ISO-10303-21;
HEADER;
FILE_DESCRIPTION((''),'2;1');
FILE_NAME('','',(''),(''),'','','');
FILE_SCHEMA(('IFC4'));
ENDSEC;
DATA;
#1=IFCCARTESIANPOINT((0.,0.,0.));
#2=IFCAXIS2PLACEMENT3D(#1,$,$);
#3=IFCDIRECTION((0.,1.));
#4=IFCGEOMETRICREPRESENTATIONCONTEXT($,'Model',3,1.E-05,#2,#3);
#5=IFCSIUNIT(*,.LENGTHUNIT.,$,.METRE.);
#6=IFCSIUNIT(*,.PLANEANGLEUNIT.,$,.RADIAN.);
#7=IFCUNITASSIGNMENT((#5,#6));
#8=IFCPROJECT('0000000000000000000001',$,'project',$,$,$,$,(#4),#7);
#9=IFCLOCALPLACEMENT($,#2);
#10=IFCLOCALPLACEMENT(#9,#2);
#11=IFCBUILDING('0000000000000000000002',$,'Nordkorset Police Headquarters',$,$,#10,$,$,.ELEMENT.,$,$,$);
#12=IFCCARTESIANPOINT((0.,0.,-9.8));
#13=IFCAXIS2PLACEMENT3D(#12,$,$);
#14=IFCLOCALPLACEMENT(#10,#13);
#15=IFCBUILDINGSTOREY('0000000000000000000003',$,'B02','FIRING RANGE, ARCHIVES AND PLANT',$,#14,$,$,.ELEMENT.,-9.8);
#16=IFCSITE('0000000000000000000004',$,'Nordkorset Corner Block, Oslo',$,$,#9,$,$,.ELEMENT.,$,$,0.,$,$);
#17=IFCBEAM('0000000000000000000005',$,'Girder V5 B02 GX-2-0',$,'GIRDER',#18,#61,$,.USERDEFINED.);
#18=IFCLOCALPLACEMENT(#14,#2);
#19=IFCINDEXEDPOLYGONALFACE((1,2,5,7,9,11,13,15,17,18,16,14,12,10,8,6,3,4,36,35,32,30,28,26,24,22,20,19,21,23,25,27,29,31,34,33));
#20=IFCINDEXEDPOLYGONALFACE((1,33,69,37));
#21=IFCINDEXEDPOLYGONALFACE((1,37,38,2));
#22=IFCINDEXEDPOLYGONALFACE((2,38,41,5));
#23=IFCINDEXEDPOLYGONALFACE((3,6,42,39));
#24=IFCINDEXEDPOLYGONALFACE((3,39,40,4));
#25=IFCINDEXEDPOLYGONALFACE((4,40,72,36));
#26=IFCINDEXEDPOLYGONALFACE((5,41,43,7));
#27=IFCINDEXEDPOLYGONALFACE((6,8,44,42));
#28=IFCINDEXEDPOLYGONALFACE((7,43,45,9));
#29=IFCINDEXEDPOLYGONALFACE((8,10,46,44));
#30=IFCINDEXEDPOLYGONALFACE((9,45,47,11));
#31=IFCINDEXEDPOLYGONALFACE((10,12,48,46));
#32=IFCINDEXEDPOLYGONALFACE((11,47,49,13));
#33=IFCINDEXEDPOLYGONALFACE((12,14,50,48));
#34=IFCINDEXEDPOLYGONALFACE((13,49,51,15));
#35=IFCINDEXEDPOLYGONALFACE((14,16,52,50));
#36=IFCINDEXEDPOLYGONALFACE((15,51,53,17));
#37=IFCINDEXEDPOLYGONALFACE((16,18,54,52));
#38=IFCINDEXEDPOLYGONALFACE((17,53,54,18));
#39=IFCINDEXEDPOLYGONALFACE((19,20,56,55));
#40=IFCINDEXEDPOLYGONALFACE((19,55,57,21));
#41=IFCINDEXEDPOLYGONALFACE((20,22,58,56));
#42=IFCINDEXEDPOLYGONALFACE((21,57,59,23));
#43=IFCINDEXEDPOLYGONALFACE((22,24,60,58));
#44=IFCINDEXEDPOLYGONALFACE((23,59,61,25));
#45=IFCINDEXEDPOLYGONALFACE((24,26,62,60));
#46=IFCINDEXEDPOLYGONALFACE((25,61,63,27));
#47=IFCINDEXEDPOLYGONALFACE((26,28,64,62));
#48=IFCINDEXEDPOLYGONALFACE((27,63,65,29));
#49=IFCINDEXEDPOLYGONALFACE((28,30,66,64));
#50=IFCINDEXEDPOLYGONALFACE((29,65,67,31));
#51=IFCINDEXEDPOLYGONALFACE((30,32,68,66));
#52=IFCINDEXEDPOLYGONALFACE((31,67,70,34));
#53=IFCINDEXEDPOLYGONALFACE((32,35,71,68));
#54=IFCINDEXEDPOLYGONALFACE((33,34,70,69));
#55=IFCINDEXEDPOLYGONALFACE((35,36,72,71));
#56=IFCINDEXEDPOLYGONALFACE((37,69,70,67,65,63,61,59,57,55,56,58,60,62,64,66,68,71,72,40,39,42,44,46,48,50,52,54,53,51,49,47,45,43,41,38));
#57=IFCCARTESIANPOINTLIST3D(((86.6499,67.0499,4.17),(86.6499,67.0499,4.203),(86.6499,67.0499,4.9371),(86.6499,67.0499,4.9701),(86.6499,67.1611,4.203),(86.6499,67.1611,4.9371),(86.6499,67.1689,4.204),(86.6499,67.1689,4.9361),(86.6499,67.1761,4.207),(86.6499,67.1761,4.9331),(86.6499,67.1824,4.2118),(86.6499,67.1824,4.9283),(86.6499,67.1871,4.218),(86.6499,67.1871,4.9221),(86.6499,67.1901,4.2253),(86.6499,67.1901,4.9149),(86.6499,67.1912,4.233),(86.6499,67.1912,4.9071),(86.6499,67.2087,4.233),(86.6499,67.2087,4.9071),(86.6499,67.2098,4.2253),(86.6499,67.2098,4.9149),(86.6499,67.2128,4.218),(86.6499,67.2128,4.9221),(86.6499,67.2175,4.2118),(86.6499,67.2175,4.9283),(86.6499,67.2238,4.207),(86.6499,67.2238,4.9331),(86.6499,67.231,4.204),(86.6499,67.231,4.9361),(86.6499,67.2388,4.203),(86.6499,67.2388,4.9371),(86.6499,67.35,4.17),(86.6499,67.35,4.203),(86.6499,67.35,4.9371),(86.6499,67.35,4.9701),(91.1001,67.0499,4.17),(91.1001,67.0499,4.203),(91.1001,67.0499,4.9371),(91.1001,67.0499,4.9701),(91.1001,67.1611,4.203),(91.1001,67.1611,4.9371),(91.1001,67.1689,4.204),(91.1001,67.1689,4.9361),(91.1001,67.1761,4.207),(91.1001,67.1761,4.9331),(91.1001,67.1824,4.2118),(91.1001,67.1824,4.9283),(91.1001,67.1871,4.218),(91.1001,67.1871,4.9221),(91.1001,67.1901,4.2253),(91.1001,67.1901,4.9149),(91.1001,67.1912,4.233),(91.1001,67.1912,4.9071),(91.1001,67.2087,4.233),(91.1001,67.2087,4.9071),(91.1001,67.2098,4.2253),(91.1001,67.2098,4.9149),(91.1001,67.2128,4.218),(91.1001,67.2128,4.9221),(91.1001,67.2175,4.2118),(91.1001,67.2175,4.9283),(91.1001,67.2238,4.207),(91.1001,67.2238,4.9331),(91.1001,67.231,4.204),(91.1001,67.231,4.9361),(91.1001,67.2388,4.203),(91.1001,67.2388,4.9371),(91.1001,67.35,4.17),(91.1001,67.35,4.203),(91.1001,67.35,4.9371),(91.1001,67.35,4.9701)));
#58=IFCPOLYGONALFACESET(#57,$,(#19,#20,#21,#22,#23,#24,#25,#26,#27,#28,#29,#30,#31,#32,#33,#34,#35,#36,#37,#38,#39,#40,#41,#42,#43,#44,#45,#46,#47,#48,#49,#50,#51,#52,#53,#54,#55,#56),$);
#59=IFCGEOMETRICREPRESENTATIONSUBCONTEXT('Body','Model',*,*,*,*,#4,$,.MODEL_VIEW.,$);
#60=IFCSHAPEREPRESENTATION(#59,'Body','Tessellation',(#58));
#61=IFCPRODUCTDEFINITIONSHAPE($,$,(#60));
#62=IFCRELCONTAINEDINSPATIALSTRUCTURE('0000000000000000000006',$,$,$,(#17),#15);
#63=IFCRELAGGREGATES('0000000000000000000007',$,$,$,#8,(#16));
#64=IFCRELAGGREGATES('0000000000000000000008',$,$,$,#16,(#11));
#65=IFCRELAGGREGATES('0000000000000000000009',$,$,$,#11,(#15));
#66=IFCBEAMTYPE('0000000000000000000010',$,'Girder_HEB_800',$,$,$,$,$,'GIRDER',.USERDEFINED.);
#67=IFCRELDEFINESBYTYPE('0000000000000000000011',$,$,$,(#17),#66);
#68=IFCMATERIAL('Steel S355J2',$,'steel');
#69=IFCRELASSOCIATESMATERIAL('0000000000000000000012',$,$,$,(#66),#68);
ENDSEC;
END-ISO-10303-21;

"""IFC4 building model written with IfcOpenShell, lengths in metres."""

from ifc_helpers import new_model, si_unit, direction, frame, origin, origin_2d, place, context, subcontext, project, spatial, i_section, extrude, material, material_profile, profile_set, type_object, element, save


model = new_model("IFC4")

# Units and contexts
model_context = context("Model", 3, precision=1e-05, world=origin(), true_north=direction((0.0, 1.0)))
body_context = subcontext(model_context, "Body", "Model", "MODEL_VIEW")
ifc_project = project(units=[si_unit("LENGTHUNIT", "METRE"), si_unit("PLANEANGLEUNIT", "RADIAN")], contexts=[model_context])

# Site, building, storey
site_placement = place(None, origin())
site = spatial("IfcSite", under=ifc_project, at=site_placement, Name="Nordkorset Corner Block, Oslo", CompositionType="ELEMENT", RefElevation=0.0)
building_placement = place(site_placement, origin())
building = spatial("IfcBuilding", under=site, at=building_placement, Name="Nordkorset Police Headquarters", CompositionType="ELEMENT")
storey_placement = place(building_placement, frame((0.0, 0.0, -9.8)))
storey = spatial("IfcBuildingStorey", under=building, at=storey_placement, Name="B02", Description="FIRING RANGE, ARCHIVES AND PLANT", CompositionType="ELEMENT", Elevation=-9.8)

# Beam
ifc_material_1 = material(Name="Steel S355J2", Category="steel")
ifc_material_profile_1 = material_profile(ifc_material_1, i_section(OverallWidth=0.3, OverallDepth=0.8, WebThickness=0.0176, FlangeThickness=0.033, FilletRadius=0.03, at=origin_2d()), Name="HEB 800")
ifc_profile_set_1 = profile_set([ifc_material_profile_1], Name="Steel S355J2")
beam_type_1 = type_object("IfcBeamType", Name="Girder_HEB_800", ElementType="GIRDER", PredefinedType="USERDEFINED", material=ifc_profile_set_1)
for number, where, z_axis, x_axis, name in (
    (1, (86.6499, 67.2, 4.5701), (1.0, 0.0, 0.0), (0.0, 1.0, 0.0), "Girder V5 B02 GX-2-0"),
):
    element("IfcBeam", number, at=place(storey_placement, frame(where, z_axis=z_axis, x_axis=x_axis)), inside=storey, type_object=beam_type_1, Name=name, ObjectType="GIRDER", PredefinedType="USERDEFINED", context=body_context, shape_type="SweptSolid", body=[
        extrude(i_section(OverallWidth=0.3, OverallDepth=0.8, WebThickness=0.0176, FlangeThickness=0.033, FilletRadius=0.03, at=origin_2d()), origin(), (0.0, 0.0, 1.0), 4.4502),
    ])

save(model, "model.ifc")
